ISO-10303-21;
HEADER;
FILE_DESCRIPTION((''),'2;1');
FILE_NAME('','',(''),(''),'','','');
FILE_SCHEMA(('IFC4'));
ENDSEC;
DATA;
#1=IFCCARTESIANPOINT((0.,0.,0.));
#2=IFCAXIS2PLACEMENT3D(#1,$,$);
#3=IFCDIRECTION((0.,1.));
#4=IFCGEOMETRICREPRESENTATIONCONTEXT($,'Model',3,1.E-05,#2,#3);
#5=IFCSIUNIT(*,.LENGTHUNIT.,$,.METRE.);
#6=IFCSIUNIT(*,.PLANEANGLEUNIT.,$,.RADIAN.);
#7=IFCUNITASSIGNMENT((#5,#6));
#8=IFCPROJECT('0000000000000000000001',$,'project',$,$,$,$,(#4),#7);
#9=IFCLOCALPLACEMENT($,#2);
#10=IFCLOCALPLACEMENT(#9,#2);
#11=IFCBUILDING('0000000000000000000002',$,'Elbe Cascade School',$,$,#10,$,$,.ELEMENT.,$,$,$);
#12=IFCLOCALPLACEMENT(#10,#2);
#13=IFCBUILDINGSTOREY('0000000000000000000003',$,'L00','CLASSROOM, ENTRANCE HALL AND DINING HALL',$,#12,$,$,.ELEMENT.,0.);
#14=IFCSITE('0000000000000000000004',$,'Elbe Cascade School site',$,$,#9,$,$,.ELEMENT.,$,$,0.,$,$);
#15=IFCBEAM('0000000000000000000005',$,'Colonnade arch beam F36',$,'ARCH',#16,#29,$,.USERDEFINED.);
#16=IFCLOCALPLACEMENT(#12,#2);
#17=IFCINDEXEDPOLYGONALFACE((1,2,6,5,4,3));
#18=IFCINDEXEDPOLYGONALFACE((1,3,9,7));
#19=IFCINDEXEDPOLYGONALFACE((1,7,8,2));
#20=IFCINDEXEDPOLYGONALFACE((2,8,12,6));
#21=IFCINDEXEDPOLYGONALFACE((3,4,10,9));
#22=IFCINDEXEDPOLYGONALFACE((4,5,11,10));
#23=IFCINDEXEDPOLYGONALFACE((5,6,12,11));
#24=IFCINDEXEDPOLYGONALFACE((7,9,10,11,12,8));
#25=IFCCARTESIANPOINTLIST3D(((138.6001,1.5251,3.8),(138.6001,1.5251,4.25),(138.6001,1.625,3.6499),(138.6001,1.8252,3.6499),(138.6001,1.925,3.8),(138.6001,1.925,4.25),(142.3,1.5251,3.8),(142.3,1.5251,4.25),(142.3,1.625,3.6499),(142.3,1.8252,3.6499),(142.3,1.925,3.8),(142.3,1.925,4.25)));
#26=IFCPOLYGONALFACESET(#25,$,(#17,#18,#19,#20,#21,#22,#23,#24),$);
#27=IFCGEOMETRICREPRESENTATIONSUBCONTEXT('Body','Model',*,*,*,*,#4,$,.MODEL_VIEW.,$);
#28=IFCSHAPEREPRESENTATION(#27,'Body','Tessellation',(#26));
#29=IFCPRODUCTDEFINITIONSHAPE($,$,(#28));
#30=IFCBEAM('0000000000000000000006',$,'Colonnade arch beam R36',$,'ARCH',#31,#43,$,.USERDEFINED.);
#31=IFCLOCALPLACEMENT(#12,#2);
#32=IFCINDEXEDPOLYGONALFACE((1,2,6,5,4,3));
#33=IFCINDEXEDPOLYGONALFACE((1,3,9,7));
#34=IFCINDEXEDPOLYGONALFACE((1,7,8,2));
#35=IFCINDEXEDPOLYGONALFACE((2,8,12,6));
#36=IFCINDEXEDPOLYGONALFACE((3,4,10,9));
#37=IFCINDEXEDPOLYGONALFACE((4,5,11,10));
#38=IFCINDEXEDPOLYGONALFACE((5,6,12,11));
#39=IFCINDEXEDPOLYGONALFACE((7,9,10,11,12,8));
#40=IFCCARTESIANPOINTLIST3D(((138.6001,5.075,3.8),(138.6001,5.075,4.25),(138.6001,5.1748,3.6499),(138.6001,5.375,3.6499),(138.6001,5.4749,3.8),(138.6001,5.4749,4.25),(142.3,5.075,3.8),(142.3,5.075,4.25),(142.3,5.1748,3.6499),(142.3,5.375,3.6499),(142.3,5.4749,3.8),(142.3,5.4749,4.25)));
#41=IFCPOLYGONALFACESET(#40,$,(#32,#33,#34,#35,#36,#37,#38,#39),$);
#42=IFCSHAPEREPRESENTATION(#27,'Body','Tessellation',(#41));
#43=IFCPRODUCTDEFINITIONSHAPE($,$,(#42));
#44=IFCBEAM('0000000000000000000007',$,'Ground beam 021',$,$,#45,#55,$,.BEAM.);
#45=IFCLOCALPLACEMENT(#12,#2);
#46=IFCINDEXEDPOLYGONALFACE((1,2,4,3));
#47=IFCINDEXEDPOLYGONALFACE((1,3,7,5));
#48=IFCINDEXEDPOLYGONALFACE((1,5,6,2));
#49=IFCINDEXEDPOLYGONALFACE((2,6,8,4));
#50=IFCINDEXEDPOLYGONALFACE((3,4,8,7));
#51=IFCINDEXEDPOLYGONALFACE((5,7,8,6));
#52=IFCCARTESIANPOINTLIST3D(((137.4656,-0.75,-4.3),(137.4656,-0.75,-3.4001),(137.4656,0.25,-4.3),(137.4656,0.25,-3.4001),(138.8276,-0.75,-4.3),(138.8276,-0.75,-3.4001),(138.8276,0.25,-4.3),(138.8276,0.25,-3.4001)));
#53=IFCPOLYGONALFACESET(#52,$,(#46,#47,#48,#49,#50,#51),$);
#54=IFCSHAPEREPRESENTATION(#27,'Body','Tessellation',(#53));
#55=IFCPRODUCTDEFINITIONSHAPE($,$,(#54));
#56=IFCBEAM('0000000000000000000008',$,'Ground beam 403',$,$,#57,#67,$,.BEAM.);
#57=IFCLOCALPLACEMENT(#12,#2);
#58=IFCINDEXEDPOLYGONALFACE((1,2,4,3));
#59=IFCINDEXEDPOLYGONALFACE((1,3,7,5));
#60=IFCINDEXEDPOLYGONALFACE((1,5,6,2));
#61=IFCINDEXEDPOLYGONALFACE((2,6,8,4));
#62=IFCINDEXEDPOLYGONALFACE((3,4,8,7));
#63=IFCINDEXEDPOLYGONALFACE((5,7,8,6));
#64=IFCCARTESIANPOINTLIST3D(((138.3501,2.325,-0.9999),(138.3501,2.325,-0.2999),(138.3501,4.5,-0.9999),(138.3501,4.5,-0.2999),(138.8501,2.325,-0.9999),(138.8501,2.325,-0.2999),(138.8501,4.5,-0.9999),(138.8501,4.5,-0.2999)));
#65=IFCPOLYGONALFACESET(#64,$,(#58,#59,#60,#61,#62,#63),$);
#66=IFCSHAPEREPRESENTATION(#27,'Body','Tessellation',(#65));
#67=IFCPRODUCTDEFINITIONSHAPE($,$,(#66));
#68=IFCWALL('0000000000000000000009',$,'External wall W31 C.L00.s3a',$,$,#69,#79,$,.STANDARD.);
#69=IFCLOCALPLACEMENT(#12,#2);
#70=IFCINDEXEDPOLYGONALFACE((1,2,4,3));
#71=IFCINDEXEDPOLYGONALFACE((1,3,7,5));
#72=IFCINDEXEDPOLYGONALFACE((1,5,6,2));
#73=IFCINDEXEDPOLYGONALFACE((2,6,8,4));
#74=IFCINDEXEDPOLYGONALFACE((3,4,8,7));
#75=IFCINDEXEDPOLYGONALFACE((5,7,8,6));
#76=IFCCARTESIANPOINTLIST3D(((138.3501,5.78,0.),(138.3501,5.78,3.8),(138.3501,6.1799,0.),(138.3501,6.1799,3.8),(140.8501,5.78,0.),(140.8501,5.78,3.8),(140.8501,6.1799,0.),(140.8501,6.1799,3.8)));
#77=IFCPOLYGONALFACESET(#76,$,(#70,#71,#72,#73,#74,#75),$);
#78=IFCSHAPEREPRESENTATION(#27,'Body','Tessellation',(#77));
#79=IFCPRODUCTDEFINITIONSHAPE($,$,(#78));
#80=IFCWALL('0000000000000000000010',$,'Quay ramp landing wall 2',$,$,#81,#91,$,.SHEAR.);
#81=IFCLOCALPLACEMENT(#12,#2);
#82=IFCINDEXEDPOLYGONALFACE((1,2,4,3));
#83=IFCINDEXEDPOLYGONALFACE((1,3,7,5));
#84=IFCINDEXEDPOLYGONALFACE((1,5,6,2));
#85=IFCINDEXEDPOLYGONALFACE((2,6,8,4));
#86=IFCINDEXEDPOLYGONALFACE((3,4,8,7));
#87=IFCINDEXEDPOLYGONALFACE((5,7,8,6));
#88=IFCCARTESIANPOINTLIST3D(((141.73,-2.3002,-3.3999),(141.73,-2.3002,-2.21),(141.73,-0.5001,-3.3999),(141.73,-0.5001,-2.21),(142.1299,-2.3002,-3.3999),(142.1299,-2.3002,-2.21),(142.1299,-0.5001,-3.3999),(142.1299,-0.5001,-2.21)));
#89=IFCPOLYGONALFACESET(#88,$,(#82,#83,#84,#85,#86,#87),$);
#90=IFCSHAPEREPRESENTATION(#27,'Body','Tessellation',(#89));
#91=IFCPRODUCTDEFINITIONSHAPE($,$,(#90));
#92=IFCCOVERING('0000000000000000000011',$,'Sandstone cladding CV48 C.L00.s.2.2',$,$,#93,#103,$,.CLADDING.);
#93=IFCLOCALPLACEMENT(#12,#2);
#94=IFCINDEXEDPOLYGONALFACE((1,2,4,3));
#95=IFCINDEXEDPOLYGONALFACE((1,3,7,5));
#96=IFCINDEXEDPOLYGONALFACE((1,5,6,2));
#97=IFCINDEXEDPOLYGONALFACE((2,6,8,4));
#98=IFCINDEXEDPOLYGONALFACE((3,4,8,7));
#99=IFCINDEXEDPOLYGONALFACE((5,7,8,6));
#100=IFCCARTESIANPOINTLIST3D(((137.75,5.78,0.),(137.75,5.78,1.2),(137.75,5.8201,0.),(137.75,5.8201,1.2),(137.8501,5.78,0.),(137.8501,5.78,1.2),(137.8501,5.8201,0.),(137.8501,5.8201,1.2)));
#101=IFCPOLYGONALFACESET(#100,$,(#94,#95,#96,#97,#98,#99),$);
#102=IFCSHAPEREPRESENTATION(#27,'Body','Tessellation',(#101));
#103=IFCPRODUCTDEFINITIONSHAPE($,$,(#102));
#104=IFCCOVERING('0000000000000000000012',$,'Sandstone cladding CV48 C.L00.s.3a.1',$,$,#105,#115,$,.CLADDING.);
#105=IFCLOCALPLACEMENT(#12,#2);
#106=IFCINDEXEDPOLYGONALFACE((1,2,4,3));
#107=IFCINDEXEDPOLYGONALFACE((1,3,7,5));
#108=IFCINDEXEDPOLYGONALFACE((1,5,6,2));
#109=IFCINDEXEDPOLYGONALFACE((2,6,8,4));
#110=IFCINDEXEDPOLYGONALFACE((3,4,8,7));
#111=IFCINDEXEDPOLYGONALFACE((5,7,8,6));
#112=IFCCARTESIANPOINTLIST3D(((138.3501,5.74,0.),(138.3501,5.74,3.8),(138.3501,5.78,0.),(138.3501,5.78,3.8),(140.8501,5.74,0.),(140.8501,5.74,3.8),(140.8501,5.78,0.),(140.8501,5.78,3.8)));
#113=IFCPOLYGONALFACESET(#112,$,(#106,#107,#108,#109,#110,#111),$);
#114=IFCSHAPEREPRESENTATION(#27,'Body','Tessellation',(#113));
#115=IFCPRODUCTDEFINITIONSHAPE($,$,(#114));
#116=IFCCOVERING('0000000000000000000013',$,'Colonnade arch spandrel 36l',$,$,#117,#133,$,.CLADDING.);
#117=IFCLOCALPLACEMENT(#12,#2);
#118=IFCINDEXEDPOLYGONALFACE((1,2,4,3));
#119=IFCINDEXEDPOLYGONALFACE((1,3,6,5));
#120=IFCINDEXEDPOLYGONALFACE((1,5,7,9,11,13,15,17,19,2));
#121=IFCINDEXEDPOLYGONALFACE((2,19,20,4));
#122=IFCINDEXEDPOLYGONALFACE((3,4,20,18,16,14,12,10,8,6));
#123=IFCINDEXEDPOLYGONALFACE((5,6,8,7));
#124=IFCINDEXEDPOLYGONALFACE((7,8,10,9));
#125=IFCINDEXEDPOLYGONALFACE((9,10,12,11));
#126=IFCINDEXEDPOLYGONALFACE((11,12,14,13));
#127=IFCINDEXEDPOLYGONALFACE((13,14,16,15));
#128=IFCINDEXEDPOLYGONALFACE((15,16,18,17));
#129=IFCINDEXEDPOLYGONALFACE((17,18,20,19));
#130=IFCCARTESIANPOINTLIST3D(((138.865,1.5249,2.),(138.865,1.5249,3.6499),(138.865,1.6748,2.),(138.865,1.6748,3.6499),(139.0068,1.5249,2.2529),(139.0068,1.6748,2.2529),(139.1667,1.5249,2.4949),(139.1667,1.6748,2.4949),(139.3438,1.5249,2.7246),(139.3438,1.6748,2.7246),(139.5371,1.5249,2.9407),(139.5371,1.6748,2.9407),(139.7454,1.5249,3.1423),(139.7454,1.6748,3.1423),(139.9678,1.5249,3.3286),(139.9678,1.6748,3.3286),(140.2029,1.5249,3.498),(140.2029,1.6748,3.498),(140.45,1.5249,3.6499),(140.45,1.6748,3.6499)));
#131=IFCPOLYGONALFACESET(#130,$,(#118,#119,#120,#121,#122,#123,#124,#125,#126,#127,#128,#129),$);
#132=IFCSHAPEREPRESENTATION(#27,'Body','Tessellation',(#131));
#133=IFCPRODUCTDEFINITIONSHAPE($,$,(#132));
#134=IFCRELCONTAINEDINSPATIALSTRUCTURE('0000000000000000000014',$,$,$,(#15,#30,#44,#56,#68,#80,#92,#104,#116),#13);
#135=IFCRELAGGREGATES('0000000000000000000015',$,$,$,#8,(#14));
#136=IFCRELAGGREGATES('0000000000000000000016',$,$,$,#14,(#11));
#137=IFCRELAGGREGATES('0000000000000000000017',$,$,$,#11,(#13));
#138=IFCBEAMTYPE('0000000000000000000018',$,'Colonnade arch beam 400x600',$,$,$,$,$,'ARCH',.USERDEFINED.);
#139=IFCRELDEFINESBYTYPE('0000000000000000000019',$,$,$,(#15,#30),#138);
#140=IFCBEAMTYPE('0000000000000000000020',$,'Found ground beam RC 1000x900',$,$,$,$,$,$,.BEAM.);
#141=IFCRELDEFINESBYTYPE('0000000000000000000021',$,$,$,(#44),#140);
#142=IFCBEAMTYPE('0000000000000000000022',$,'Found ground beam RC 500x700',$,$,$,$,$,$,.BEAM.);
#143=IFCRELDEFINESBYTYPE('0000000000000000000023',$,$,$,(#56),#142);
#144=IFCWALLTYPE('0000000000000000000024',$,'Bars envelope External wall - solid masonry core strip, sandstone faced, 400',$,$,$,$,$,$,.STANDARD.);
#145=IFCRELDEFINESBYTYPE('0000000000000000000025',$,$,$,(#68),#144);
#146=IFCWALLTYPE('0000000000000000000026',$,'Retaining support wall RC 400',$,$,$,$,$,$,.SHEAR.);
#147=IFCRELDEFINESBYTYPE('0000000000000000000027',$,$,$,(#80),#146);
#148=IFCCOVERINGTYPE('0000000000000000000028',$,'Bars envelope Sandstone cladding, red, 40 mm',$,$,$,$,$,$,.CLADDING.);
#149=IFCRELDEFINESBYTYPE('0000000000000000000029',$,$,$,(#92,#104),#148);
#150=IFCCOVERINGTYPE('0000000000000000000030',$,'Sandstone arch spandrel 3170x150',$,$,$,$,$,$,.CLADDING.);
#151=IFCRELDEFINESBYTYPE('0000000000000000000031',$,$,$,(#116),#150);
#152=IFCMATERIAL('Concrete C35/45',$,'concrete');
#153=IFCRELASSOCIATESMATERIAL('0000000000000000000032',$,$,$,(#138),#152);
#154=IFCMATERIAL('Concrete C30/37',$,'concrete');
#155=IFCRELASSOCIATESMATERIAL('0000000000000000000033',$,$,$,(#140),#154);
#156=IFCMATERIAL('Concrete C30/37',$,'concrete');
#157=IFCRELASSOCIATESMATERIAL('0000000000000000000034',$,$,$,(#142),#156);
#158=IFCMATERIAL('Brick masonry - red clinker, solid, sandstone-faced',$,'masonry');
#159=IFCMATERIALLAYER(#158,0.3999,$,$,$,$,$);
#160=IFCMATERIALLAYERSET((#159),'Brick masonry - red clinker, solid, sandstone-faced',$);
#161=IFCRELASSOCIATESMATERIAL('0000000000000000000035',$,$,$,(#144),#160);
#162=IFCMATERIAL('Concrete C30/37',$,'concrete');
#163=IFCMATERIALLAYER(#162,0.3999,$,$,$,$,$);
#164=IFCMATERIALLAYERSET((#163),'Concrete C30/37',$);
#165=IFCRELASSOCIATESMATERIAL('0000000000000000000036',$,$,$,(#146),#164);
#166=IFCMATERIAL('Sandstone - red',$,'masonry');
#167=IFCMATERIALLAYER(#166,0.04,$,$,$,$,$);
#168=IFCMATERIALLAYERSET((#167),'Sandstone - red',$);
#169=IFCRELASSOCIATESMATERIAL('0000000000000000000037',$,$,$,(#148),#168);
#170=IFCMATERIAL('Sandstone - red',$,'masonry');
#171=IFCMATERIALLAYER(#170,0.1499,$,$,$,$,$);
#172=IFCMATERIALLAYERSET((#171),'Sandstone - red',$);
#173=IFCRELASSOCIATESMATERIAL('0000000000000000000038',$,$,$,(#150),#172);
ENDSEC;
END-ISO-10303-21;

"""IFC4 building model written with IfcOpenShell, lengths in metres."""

from ifc_helpers import new_model, si_unit, direction, frame, frame_2d, origin, origin_2d, place, context, subcontext, project, spatial, polyline, rectangle, outline, extrude, material, layer, layer_set, material_profile, profile_set, type_object, element, save


model = new_model("IFC4")

# Units and contexts
model_context = context("Model", 3, precision=1e-05, world=origin(), true_north=direction((0.0, 1.0)))
body_context = subcontext(model_context, "Body", "Model", "MODEL_VIEW")
ifc_project = project(units=[si_unit("LENGTHUNIT", "METRE"), si_unit("PLANEANGLEUNIT", "RADIAN")], contexts=[model_context])

# Site, building, storey
site_placement = place(None, origin())
site = spatial("IfcSite", under=ifc_project, at=site_placement, Name="Elbe Cascade School site", CompositionType="ELEMENT", RefElevation=0.0)
building_placement = place(site_placement, origin())
building = spatial("IfcBuilding", under=site, at=building_placement, Name="Elbe Cascade School", CompositionType="ELEMENT")
storey_placement = place(building_placement, origin())
storey = spatial("IfcBuildingStorey", under=building, at=storey_placement, Name="L00", Description="CLASSROOM, ENTRANCE HALL AND DINING HALL", CompositionType="ELEMENT", Elevation=0.0)

# Beams
ifc_material_1 = material(Name="Concrete C35/45", Category="concrete")
ifc_material_profile_1 = material_profile(ifc_material_1, outline(polyline([(-0.2, 0.3), (0.2, 0.3), (0.2, -0.1499), (0.1001, -0.3), (-0.1001, -0.3), (-0.2, -0.1499), (-0.2, 0.3)])), Name="RC arch 400x600")
ifc_profile_set_1 = profile_set([ifc_material_profile_1], Name="Concrete C35/45")
beam_type_1 = type_object("IfcBeamType", Name="Colonnade arch beam 400x600", ElementType="ARCH", PredefinedType="USERDEFINED", material=ifc_profile_set_1)
for number, where, z_axis, x_axis, name in (
    (1, (138.6001, 1.7251, 3.95), (1.0, 0.0, 0.0), (0.0, 1.0, 0.0), "Colonnade arch beam F36"),
    (2, (138.6001, 5.2749, 3.95), (1.0, 0.0, 0.0), (0.0, 1.0, 0.0), "Colonnade arch beam R36"),
):
    element("IfcBeam", number, at=place(storey_placement, frame(where, z_axis=z_axis, x_axis=x_axis)), inside=storey, type_object=beam_type_1, Name=name, ObjectType="ARCH", PredefinedType="USERDEFINED", context=body_context, shape_type="SweptSolid", body=[
        extrude(outline(polyline([(-0.2, 0.3), (0.2, 0.3), (0.2, -0.1499), (0.1001, -0.3), (-0.1001, -0.3), (-0.2, -0.1499), (-0.2, 0.3)])), origin(), (0.0, 0.0, 1.0), 3.7),
    ])
ifc_material_2 = material(Name="Concrete C30/37", Category="concrete")
ifc_material_profile_2 = material_profile(ifc_material_2, rectangle(XDim=1.0, YDim=0.8999, at=origin_2d()), Name="RC 1000x900")
ifc_profile_set_2 = profile_set([ifc_material_profile_2], Name="Concrete C30/37")
beam_type_2 = type_object("IfcBeamType", Name="Found ground beam RC 1000x900", PredefinedType="BEAM", material=ifc_profile_set_2)
beam_1_placement = place(storey_placement, frame((137.4656, -0.25, -3.8501), z_axis=(1.0, 0.0, 0.0), x_axis=(0.0, 1.0, 0.0)))
element("IfcBeam", 3, at=beam_1_placement, inside=storey, type_object=beam_type_2, Name="Ground beam 021", PredefinedType="BEAM", context=body_context, shape_type="SweptSolid", body=[
    extrude(rectangle(XDim=1.0, YDim=0.8999, at=origin_2d()), origin(), (0.0, 0.0, 1.0), 1.3621),
])
ifc_material_3 = material(Name="Concrete C30/37", Category="concrete")
ifc_material_profile_3 = material_profile(ifc_material_3, rectangle(XDim=0.5, YDim=0.7, at=origin_2d()), Name="RC 500x700")
ifc_profile_set_3 = profile_set([ifc_material_profile_3], Name="Concrete C30/37")
beam_type_3 = type_object("IfcBeamType", Name="Found ground beam RC 500x700", PredefinedType="BEAM", material=ifc_profile_set_3)
beam_2_placement = place(storey_placement, frame((138.6001, 2.325, -0.6499), z_axis=(0.0, 1.0, 0.0), x_axis=(-1.0, 0.0, 0.0)))
element("IfcBeam", 4, at=beam_2_placement, inside=storey, type_object=beam_type_3, Name="Ground beam 403", PredefinedType="BEAM", context=body_context, shape_type="SweptSolid", body=[
    extrude(rectangle(XDim=0.5, YDim=0.7, at=origin_2d()), origin(), (0.0, 0.0, 1.0), 2.175),
])

# Walls
ifc_material_4 = material(Name="Brick masonry - red clinker, solid, sandstone-faced", Category="masonry")
ifc_layer_1 = layer(ifc_material_4, 0.3999)
ifc_layer_set_1 = layer_set([ifc_layer_1], Name="Brick masonry - red clinker, solid, sandstone-faced")
wall_type_1 = type_object("IfcWallType", Name="Bars envelope External wall - solid masonry core strip, sandstone faced, 400", PredefinedType="STANDARD", material=ifc_layer_set_1)
wall_1_placement = place(storey_placement, frame((140.8501, 5.98, 0.0), z_axis=(0.0, 0.0, 1.0), x_axis=(-1.0, 0.0, 0.0)))
element("IfcWall", 5, at=wall_1_placement, inside=storey, type_object=wall_type_1, Name="External wall W31 C.L00.s3a", PredefinedType="STANDARD", context=body_context, shape_type="SweptSolid", body=[
    extrude(rectangle(XDim=2.5, YDim=0.3999, at=frame_2d((1.25, 0.0))), origin(), (0.0, 0.0, 1.0), 3.8),
])
ifc_material_5 = material(Name="Concrete C30/37", Category="concrete")
ifc_layer_2 = layer(ifc_material_5, 0.3999)
ifc_layer_set_2 = layer_set([ifc_layer_2], Name="Concrete C30/37")
wall_type_2 = type_object("IfcWallType", Name="Retaining support wall RC 400", PredefinedType="SHEAR", material=ifc_layer_set_2)
wall_2_placement = place(storey_placement, frame((141.9299, -2.3, -3.3999), z_axis=(0.0, 0.0, 1.0), x_axis=(0.0, 1.0, 0.0)))
element("IfcWall", 6, at=wall_2_placement, inside=storey, type_object=wall_type_2, Name="Quay ramp landing wall 2", PredefinedType="SHEAR", context=body_context, shape_type="SweptSolid", body=[
    extrude(rectangle(XDim=1.8, YDim=0.3999, at=frame_2d((0.8999, 0.0))), origin(), (0.0, 0.0, 1.0), 1.1899),
])

# Coverings
ifc_material_6 = material(Name="Sandstone - red", Category="masonry")
ifc_layer_3 = layer(ifc_material_6, 0.04)
ifc_layer_set_3 = layer_set([ifc_layer_3], Name="Sandstone - red")
covering_type_1 = type_object("IfcCoveringType", Name="Bars envelope Sandstone cladding, red, 40 mm", PredefinedType="CLADDING", material=ifc_layer_set_3)
covering_1_placement = place(storey_placement, frame((137.8, 5.8, 0.0), z_axis=(0.0, 0.0, 1.0), x_axis=(1.0, 0.0, 0.0)))
element("IfcCovering", 7, at=covering_1_placement, inside=storey, type_object=covering_type_1, Name="Sandstone cladding CV48 C.L00.s.2.2", PredefinedType="CLADDING", context=body_context, shape_type="SweptSolid", body=[
    extrude(rectangle(XDim=0.1001, YDim=0.04, at=origin_2d()), origin(), (0.0, 0.0, 1.0), 1.2),
])
covering_2_placement = place(storey_placement, frame((139.6001, 5.76, 0.0), z_axis=(0.0, 0.0, 1.0), x_axis=(1.0, 0.0, 0.0)))
element("IfcCovering", 8, at=covering_2_placement, inside=storey, type_object=covering_type_1, Name="Sandstone cladding CV48 C.L00.s.3a.1", PredefinedType="CLADDING", context=body_context, shape_type="SweptSolid", body=[
    extrude(rectangle(XDim=2.5, YDim=0.04, at=origin_2d()), origin(), (0.0, 0.0, 1.0), 3.8),
])
ifc_material_7 = material(Name="Sandstone - red", Category="masonry")
ifc_layer_4 = layer(ifc_material_7, 0.1499)
ifc_layer_set_4 = layer_set([ifc_layer_4], Name="Sandstone - red")
covering_type_2 = type_object("IfcCoveringType", Name="Sandstone arch spandrel 3170x150", PredefinedType="CLADDING", material=ifc_layer_set_4)
covering_3_placement = place(storey_placement, frame((138.865, 1.5249, 3.6499), z_axis=(0.0, -1.0, 0.0), x_axis=(0.0, 0.0, -1.0)))
element("IfcCovering", 9, at=covering_3_placement, inside=storey, type_object=covering_type_2, Name="Colonnade arch spandrel 36l", PredefinedType="CLADDING", context=body_context, shape_type="SweptSolid", body=[
    extrude(outline(polyline([(0.0, 0.0), (1.6499, 0.0), (1.397, 0.1418), (1.155, 0.3018), (0.9253, 0.4788), (0.7092, 0.6721), (0.5076, 0.8804), (0.3213, 1.1028), (0.1519, 1.3379), (0.0, 1.585), (0.0, 0.0)])), origin(), (0.0, 0.0, -1.0), 0.1499),
])

save(model, "model.ifc")
